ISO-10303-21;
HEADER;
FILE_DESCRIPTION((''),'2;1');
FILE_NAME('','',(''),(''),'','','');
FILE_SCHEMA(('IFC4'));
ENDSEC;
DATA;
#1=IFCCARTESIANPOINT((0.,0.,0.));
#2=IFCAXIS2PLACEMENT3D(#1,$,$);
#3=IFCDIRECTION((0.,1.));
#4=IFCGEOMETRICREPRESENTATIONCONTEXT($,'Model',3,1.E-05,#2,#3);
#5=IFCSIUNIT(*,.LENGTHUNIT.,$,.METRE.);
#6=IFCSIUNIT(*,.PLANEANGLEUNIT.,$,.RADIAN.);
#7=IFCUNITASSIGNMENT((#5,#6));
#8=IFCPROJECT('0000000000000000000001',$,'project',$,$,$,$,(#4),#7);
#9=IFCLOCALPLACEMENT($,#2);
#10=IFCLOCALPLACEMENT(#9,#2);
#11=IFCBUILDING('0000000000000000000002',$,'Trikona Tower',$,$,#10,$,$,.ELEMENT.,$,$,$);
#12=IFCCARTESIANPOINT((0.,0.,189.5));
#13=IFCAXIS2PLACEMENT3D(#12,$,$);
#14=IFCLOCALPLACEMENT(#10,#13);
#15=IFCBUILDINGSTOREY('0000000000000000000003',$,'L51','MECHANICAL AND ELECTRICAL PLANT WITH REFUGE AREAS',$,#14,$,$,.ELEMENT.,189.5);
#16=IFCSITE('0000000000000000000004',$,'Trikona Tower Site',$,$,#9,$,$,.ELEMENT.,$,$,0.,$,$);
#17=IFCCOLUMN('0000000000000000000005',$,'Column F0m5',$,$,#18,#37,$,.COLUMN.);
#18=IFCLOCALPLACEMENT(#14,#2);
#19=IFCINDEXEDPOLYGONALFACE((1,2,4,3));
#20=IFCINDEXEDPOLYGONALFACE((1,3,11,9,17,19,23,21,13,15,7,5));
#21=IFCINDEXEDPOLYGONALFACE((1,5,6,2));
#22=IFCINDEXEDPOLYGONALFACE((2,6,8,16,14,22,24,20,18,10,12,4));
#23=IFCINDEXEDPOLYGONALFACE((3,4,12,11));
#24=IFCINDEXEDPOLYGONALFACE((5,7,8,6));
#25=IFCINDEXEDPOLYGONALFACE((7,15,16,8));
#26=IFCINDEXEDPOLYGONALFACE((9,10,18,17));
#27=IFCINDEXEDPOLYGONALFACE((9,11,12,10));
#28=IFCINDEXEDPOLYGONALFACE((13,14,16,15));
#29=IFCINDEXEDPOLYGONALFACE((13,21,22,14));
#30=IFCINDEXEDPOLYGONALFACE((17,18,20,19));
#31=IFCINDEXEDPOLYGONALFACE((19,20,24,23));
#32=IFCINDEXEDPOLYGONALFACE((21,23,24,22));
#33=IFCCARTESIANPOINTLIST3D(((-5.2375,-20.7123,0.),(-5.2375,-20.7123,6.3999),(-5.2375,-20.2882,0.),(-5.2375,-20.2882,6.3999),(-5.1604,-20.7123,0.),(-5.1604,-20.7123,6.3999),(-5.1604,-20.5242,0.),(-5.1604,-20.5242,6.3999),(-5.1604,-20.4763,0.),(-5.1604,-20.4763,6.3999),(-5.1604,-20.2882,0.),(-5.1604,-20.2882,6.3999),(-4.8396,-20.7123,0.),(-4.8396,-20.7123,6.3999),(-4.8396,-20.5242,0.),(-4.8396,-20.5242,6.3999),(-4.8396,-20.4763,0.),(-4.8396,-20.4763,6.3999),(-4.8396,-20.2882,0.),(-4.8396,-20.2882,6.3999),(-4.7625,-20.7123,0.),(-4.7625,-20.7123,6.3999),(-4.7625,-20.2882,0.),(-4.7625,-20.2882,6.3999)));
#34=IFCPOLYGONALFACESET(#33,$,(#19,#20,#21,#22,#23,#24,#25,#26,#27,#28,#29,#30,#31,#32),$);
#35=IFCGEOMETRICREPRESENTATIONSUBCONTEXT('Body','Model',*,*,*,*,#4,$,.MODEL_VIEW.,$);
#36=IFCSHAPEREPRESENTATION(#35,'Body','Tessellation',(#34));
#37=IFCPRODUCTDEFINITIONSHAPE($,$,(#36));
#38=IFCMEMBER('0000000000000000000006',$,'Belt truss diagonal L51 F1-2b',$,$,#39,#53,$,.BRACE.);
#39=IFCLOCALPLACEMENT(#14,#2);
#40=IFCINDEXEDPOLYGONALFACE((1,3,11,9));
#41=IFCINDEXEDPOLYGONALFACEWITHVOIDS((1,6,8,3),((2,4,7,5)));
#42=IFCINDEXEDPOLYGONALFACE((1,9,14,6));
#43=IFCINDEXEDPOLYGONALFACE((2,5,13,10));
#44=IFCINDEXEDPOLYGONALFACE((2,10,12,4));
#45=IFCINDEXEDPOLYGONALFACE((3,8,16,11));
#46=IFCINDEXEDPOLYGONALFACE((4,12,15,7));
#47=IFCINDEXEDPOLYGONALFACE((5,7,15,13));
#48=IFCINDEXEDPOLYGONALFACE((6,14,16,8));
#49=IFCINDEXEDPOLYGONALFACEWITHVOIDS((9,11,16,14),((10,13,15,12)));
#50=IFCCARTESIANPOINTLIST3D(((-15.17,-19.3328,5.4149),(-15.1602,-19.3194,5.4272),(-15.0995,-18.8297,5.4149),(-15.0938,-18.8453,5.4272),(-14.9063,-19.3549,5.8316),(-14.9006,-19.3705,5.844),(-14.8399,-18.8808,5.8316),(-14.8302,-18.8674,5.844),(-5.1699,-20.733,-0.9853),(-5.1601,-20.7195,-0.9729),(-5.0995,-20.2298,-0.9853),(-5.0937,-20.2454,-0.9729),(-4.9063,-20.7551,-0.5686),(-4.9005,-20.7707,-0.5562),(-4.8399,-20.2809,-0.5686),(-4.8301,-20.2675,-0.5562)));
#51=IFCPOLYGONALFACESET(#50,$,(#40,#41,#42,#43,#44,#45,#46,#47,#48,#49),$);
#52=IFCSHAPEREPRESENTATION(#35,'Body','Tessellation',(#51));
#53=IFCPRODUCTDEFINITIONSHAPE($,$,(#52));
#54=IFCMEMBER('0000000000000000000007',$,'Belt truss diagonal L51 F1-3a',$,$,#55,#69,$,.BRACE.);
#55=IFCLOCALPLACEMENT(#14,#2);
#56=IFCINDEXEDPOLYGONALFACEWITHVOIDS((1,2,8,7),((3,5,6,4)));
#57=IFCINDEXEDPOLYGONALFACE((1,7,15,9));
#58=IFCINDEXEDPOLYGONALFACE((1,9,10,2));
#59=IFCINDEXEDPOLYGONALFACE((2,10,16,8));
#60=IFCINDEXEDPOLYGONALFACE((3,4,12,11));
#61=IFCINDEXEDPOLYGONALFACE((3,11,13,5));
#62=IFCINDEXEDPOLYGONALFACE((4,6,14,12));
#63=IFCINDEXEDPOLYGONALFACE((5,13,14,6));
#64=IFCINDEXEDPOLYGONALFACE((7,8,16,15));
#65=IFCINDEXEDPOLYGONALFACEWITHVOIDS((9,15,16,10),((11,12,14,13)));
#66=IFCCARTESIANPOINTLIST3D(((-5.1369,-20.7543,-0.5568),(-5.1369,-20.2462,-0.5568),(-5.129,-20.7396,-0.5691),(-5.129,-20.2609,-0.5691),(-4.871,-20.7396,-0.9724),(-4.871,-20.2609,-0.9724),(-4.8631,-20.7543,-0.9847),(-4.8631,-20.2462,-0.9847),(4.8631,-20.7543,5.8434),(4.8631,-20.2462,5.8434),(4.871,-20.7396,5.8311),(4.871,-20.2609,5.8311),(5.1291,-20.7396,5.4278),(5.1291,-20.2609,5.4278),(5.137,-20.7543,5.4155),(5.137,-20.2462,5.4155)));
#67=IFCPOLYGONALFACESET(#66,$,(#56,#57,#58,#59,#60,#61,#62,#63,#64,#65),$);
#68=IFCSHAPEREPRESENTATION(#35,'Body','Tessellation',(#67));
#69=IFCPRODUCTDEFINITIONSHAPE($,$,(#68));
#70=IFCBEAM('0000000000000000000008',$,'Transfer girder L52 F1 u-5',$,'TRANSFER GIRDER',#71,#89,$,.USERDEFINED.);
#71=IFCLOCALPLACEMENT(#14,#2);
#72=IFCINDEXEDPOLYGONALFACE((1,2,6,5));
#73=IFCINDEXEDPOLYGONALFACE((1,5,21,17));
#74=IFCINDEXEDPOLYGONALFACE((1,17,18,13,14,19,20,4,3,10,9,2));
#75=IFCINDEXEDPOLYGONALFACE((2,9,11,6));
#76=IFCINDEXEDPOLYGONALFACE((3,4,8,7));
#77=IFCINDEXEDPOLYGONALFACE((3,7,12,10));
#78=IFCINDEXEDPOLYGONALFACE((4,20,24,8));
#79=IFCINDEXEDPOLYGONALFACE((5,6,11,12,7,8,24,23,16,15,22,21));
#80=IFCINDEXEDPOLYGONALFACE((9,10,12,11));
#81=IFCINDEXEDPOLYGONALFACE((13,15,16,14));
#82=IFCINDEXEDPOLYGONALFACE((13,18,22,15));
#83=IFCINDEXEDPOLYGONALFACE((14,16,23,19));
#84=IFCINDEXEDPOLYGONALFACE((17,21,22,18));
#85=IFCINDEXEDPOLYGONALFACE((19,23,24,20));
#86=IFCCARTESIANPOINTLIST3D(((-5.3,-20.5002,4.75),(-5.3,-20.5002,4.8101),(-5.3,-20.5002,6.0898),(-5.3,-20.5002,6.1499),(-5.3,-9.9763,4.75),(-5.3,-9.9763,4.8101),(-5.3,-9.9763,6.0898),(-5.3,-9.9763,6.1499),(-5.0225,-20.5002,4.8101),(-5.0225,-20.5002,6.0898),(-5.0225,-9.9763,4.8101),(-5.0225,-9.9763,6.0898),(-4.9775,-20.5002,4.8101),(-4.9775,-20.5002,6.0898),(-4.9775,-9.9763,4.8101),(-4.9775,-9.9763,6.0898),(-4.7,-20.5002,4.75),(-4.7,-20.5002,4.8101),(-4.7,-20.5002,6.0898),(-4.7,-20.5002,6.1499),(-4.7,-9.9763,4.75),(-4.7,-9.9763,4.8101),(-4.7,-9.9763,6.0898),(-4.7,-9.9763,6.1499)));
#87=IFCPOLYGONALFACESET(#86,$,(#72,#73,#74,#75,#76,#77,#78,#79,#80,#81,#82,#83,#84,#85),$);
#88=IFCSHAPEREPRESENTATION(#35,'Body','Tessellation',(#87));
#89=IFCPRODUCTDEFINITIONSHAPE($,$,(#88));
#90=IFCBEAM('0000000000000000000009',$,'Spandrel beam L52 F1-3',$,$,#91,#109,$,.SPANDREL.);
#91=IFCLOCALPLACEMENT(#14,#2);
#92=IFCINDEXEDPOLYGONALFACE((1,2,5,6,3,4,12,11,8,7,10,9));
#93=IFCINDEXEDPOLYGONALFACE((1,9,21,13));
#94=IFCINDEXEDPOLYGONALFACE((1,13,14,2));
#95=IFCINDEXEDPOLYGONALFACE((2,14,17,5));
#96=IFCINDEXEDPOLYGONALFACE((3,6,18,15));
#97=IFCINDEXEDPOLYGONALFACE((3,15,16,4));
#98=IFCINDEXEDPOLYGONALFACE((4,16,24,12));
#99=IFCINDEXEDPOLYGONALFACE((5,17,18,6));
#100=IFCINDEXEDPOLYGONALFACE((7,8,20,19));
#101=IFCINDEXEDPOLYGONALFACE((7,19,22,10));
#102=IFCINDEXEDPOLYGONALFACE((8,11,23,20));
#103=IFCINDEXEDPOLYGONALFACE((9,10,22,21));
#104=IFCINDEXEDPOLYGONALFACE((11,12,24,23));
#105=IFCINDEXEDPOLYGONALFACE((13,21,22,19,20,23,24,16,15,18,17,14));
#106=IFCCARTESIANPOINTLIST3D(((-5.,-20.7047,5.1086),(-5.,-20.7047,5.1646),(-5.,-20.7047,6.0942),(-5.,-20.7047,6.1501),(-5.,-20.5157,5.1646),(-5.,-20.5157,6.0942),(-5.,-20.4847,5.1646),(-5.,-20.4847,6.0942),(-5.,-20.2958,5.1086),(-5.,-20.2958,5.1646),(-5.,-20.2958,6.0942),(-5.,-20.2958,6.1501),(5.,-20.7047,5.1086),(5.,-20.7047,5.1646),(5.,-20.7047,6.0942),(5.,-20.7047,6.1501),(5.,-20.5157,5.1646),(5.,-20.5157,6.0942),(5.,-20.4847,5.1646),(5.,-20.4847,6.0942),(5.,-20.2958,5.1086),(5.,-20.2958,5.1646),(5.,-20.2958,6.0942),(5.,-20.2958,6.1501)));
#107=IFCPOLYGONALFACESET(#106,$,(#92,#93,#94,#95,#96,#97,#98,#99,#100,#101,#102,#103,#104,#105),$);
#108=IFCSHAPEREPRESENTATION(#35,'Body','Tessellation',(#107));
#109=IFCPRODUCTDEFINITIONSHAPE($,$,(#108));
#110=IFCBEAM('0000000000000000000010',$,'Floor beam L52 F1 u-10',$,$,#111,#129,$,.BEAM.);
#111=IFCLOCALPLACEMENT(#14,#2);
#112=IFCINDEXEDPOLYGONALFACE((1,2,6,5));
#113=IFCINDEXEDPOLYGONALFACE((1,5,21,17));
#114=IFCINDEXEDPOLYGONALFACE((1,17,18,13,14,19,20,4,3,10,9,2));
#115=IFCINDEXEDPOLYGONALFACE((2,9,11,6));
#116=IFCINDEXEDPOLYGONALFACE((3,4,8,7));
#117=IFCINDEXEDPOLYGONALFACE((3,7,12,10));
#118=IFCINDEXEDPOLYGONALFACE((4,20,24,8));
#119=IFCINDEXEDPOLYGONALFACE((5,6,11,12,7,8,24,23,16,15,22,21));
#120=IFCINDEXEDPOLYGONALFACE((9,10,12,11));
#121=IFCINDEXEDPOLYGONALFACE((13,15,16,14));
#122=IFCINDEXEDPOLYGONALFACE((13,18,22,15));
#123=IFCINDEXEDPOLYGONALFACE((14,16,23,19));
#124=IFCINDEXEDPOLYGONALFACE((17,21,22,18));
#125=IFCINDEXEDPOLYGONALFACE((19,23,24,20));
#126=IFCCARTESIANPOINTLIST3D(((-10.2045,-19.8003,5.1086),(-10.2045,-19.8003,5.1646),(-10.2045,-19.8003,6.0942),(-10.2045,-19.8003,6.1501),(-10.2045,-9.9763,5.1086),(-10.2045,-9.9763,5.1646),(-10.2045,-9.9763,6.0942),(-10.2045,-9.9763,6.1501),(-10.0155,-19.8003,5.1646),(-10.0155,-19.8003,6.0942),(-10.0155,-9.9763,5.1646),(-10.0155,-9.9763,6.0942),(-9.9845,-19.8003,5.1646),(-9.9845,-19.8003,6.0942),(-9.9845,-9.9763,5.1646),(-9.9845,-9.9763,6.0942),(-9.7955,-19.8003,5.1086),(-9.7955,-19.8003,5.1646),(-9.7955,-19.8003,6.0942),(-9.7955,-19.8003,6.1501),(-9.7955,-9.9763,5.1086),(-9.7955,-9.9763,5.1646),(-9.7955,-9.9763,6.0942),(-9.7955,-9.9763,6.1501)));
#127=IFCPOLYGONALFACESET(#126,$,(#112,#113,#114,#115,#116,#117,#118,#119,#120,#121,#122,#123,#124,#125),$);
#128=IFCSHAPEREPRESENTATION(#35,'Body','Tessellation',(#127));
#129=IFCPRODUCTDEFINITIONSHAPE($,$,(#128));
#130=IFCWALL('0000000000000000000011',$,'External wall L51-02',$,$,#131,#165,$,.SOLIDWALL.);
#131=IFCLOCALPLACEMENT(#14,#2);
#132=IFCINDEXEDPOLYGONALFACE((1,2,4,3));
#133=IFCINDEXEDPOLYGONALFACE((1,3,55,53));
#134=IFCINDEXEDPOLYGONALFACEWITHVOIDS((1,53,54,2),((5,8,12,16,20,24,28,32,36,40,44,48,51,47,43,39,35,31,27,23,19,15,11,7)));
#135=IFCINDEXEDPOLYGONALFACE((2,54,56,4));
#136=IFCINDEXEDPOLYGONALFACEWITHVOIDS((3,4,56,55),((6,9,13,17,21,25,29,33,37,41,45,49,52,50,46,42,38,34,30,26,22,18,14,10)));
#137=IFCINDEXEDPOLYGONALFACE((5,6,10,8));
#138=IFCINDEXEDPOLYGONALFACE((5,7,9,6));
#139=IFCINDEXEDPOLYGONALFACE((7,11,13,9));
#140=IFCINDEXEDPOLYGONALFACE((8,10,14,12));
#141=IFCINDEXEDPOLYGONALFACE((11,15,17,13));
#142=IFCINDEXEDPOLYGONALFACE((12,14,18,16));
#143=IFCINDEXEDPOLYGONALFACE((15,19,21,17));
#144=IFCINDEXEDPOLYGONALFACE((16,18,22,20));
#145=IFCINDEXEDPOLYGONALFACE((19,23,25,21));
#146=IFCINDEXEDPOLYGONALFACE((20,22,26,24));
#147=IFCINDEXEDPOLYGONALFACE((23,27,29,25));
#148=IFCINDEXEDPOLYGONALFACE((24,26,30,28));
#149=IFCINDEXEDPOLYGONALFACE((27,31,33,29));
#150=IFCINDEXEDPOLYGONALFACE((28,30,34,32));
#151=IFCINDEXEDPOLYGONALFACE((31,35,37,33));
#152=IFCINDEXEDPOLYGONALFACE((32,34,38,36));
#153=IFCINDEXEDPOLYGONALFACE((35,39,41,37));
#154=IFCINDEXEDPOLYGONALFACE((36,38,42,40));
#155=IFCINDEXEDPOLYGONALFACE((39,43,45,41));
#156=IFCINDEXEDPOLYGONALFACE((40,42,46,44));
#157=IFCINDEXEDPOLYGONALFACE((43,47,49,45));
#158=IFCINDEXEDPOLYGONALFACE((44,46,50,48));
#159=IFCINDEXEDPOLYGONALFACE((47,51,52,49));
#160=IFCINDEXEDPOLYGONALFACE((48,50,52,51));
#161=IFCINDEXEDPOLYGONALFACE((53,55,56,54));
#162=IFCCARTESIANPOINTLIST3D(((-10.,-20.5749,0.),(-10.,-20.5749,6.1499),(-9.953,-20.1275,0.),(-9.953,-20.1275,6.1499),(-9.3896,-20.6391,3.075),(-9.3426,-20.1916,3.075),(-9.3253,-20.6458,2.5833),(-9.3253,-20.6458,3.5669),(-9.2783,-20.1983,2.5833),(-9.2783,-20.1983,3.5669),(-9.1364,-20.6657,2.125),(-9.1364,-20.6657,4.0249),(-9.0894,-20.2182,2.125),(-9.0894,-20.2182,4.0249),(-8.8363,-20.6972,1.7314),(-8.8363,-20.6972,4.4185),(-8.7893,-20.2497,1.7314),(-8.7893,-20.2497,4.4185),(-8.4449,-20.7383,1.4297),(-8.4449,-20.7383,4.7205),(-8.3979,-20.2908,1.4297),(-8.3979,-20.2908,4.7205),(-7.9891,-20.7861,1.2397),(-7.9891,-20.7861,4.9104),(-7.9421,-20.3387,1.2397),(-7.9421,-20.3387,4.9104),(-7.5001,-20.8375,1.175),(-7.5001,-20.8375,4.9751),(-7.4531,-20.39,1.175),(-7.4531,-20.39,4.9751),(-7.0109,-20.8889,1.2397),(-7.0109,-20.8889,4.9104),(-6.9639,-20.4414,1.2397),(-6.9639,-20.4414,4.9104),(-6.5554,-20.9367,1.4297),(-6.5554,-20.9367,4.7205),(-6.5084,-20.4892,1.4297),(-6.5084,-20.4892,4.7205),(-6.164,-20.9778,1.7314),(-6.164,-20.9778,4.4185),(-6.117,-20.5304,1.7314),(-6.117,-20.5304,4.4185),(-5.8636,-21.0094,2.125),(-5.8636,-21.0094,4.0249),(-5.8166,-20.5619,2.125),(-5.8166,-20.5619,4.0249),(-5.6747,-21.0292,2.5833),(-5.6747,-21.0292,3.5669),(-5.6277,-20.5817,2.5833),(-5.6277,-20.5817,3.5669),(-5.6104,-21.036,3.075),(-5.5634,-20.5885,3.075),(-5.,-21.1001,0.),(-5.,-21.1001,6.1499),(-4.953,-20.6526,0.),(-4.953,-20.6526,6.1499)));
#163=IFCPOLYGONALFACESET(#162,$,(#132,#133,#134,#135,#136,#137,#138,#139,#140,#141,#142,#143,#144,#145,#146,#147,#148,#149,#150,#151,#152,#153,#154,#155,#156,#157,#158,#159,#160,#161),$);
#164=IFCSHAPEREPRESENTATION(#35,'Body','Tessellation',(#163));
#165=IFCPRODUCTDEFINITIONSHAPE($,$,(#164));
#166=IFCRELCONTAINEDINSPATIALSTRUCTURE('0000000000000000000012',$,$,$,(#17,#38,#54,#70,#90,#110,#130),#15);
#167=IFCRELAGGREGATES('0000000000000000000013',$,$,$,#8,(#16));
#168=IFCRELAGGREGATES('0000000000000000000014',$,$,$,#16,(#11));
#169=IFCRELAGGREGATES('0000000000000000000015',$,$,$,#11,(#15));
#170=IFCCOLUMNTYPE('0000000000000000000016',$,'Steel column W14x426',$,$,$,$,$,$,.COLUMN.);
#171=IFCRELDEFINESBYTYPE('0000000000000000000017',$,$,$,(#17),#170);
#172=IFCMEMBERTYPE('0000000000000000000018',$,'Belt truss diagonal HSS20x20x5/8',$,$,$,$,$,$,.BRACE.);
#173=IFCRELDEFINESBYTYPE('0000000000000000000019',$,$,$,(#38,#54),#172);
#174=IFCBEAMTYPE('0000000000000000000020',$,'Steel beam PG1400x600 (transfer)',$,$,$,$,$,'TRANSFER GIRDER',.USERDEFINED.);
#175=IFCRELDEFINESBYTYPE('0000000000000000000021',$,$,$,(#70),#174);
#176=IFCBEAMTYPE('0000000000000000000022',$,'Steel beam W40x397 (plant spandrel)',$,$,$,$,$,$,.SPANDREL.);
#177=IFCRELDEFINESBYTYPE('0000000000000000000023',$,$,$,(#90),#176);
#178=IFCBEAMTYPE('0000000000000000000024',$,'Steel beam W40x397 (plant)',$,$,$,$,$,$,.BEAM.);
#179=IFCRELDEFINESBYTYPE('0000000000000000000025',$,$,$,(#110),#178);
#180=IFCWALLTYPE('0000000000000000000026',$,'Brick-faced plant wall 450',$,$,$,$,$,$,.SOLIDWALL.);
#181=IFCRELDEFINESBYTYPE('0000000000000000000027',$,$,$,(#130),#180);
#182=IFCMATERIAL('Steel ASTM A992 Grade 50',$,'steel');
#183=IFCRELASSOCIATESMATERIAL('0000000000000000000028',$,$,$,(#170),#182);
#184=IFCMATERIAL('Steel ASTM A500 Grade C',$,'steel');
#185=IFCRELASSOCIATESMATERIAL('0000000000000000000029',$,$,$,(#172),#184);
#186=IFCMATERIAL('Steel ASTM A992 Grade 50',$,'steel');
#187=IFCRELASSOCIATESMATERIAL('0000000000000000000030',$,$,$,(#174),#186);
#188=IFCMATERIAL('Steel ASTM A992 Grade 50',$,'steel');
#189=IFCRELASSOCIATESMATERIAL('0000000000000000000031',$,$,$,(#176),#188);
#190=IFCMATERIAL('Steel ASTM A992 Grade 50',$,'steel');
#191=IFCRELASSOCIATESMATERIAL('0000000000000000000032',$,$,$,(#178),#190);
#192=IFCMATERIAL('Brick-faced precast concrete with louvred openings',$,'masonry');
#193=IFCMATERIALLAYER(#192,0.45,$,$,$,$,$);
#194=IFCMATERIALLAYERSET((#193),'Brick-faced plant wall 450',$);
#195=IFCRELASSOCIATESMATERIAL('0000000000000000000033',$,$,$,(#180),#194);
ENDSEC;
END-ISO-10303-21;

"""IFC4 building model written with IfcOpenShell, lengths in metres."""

from ifc_helpers import new_model, si_unit, direction, frame, origin, origin_2d, place, context, subcontext, project, spatial, polyline, hollow_rectangle, i_section, outline, extrude, material, layer, layer_set, material_profile, profile_set, type_object, element, save


model = new_model("IFC4")

# Units and contexts
model_context = context("Model", 3, precision=1e-05, world=origin(), true_north=direction((0.0, 1.0)))
body_context = subcontext(model_context, "Body", "Model", "MODEL_VIEW")
ifc_project = project(units=[si_unit("LENGTHUNIT", "METRE"), si_unit("PLANEANGLEUNIT", "RADIAN")], contexts=[model_context])

# Site, building, storey
site_placement = place(None, origin())
site = spatial("IfcSite", under=ifc_project, at=site_placement, Name="Trikona Tower Site", CompositionType="ELEMENT", RefElevation=0.0)
building_placement = place(site_placement, origin())
building = spatial("IfcBuilding", under=site, at=building_placement, Name="Trikona Tower", CompositionType="ELEMENT")
storey_placement = place(building_placement, frame((0.0, 0.0, 189.5)))
storey = spatial("IfcBuildingStorey", under=building, at=storey_placement, Name="L51", Description="MECHANICAL AND ELECTRICAL PLANT WITH REFUGE AREAS", CompositionType="ELEMENT", Elevation=189.5)

# Column
ifc_material_1 = material(Name="Steel ASTM A992 Grade 50", Category="steel")
ifc_material_profile_1 = material_profile(ifc_material_1, i_section(OverallWidth=0.4241, OverallDepth=0.4751, WebThickness=0.0479, FlangeThickness=0.0771, at=origin_2d()), Name="W14X426")
ifc_profile_set_1 = profile_set([ifc_material_profile_1], Name="Steel ASTM A992 Grade 50")
column_type = type_object("IfcColumnType", Name="Steel column W14x426", PredefinedType="COLUMN", material=ifc_profile_set_1)
column_placement = place(storey_placement, frame((-5.0, -20.5002, 0.0), z_axis=(0.0, 0.0, 1.0), x_axis=(0.0, -1.0, 0.0)))
element("IfcColumn", 1, at=column_placement, inside=storey, type_object=column_type, Name="Column F0m5", PredefinedType="COLUMN", context=body_context, shape_type="SweptSolid", body=[
    extrude(i_section(OverallWidth=0.4241, OverallDepth=0.4751, WebThickness=0.0479, FlangeThickness=0.0771, at=origin_2d()), origin(), (0.0, 0.0, 1.0), 6.3999),
])

# Members
ifc_material_2 = material(Name="Steel ASTM A500 Grade C", Category="steel")
ifc_material_profile_2 = material_profile(ifc_material_2, hollow_rectangle(XDim=0.5081, YDim=0.5081, WallThickness=0.0146, at=origin_2d()), Name="HSS20X20X5/8")
ifc_profile_set_2 = profile_set([ifc_material_profile_2], Name="Steel ASTM A500 Grade C")
member_type = type_object("IfcMemberType", Name="Belt truss diagonal HSS20x20x5/8", PredefinedType="BRACE", material=ifc_profile_set_2)
member_1_placement = place(storey_placement, frame((-5.0, -20.5002, -0.7708), z_axis=(-0.836469, 0.117118, 0.535353), x_axis=(-0.138662, -0.99034, 0.0)))
element("IfcMember", 2, at=member_1_placement, inside=storey, type_object=member_type, Name="Belt truss diagonal L51 F1-2b", PredefinedType="BRACE", context=body_context, shape_type="SweptSolid", body=[
    extrude(hollow_rectangle(XDim=0.5081, YDim=0.5081, WallThickness=0.0146, at=origin_2d()), origin(), (0.0, 0.0, 1.0), 11.9551),
])
member_2_placement = place(storey_placement, frame((-5.0, -20.5002, -0.7708), z_axis=(0.842266, 0.0, 0.539062), x_axis=(0.0, 1.0, 0.0)))
element("IfcMember", 3, at=member_2_placement, inside=storey, type_object=member_type, Name="Belt truss diagonal L51 F1-3a", PredefinedType="BRACE", context=body_context, shape_type="SweptSolid", body=[
    extrude(hollow_rectangle(XDim=0.5081, YDim=0.5081, WallThickness=0.0146, at=origin_2d()), origin(), (0.0, 0.0, 1.0), 11.8728),
])

# Beams
ifc_material_3 = material(Name="Steel ASTM A992 Grade 50", Category="steel")
ifc_material_profile_3 = material_profile(ifc_material_3, i_section(OverallWidth=0.6001, OverallDepth=1.3999, WebThickness=0.0449, FlangeThickness=0.0601, at=origin_2d()), Name="PG1400X600")
ifc_profile_set_3 = profile_set([ifc_material_profile_3], Name="Steel ASTM A992 Grade 50")
beam_type_1 = type_object("IfcBeamType", Name="Steel beam PG1400x600 (transfer)", ElementType="TRANSFER GIRDER", PredefinedType="USERDEFINED", material=ifc_profile_set_3)
beam_1_placement = place(storey_placement, frame((-5.0, -9.9763, 5.45), z_axis=(0.0, -1.0, 0.0), x_axis=(1.0, 0.0, 0.0)))
element("IfcBeam", 4, at=beam_1_placement, inside=storey, type_object=beam_type_1, Name="Transfer girder L52 F1 u-5", ObjectType="TRANSFER GIRDER", PredefinedType="USERDEFINED", context=body_context, shape_type="SweptSolid", body=[
    extrude(i_section(OverallWidth=0.6001, OverallDepth=1.3999, WebThickness=0.0449, FlangeThickness=0.0601, at=origin_2d()), origin(), (0.0, 0.0, 1.0), 10.5239),
])
ifc_material_4 = material(Name="Steel ASTM A992 Grade 50", Category="steel")
ifc_material_profile_4 = material_profile(ifc_material_4, i_section(OverallWidth=0.4089, OverallDepth=1.0415, WebThickness=0.031, FlangeThickness=0.0559, at=origin_2d()), Name="W40X397")
ifc_profile_set_4 = profile_set([ifc_material_profile_4], Name="Steel ASTM A992 Grade 50")
beam_type_2 = type_object("IfcBeamType", Name="Steel beam W40x397 (plant spandrel)", PredefinedType="SPANDREL", material=ifc_profile_set_4)
beam_2_placement = place(storey_placement, frame((-5.0, -20.5002, 5.6294), z_axis=(1.0, 0.0, 0.0), x_axis=(0.0, 1.0, 0.0)))
element("IfcBeam", 5, at=beam_2_placement, inside=storey, type_object=beam_type_2, Name="Spandrel beam L52 F1-3", PredefinedType="SPANDREL", context=body_context, shape_type="SweptSolid", body=[
    extrude(i_section(OverallWidth=0.4089, OverallDepth=1.0415, WebThickness=0.031, FlangeThickness=0.0559, at=origin_2d()), origin(), (0.0, 0.0, 1.0), 10.0),
])
ifc_material_5 = material(Name="Steel ASTM A992 Grade 50", Category="steel")
ifc_material_profile_5 = material_profile(ifc_material_5, i_section(OverallWidth=0.4089, OverallDepth=1.0415, WebThickness=0.031, FlangeThickness=0.0559, at=origin_2d()), Name="W40X397")
ifc_profile_set_5 = profile_set([ifc_material_profile_5], Name="Steel ASTM A992 Grade 50")
beam_type_3 = type_object("IfcBeamType", Name="Steel beam W40x397 (plant)", PredefinedType="BEAM", material=ifc_profile_set_5)
beam_3_placement = place(storey_placement, frame((-10.0, -9.9763, 5.6294), z_axis=(0.0, -1.0, 0.0), x_axis=(1.0, 0.0, 0.0)))
element("IfcBeam", 6, at=beam_3_placement, inside=storey, type_object=beam_type_3, Name="Floor beam L52 F1 u-10", PredefinedType="BEAM", context=body_context, shape_type="SweptSolid", body=[
    extrude(i_section(OverallWidth=0.4089, OverallDepth=1.0415, WebThickness=0.031, FlangeThickness=0.0559, at=origin_2d()), origin(), (0.0, 0.0, 1.0), 9.824),
])

# Wall
ifc_material_6 = material(Name="Brick-faced precast concrete with louvred openings", Category="masonry")
ifc_layer_1 = layer(ifc_material_6, 0.45)
ifc_layer_set_1 = layer_set([ifc_layer_1], Name="Brick-faced plant wall 450")
wall_type_1 = type_object("IfcWallType", Name="Brick-faced plant wall 450", PredefinedType="SOLIDWALL", material=ifc_layer_set_1)
wall_1_placement = place(storey_placement, frame((-9.9766, -20.3513, 0.0), z_axis=(0.0, 0.0, 1.0), x_axis=(0.99453, -0.104455, 0.0)))
element("IfcWall", 7, at=wall_1_placement, inside=storey, type_object=wall_type_1, Name="External wall L51-02", PredefinedType="SOLIDWALL", context=body_context, shape_type="SweptSolid", body=[
    extrude(outline(polyline([(0.0, 0.0), (5.0276, 0.0), (5.0276, 6.1499), (0.0, 6.1499), (0.0, 0.0)]), holes=[polyline([(4.4138, 3.075), (4.3491, 3.5669), (4.1592, 4.0249), (3.8572, 4.4185), (3.4636, 4.7205), (3.0056, 4.9104), (2.5137, 4.9751), (2.022, 4.9104), (1.5637, 4.7205), (1.1702, 4.4185), (0.8684, 4.0249), (0.6785, 3.5669), (0.6138, 3.075), (0.6785, 2.5833), (0.8684, 2.125), (1.1702, 1.7314), (1.5637, 1.4297), (2.022, 1.2397), (2.5137, 1.175), (3.0056, 1.2397), (3.4636, 1.4297), (3.8572, 1.7314), (4.1592, 2.125), (4.3491, 2.5833), (4.4138, 3.075)])]), frame((0.0, 0.2251, 0.0), z_axis=(0.0, -1.0, 0.0), x_axis=(1.0, 0.0, 0.0)), (0.0, 0.0, 1.0), 0.45),
])

save(model, "model.ifc")
